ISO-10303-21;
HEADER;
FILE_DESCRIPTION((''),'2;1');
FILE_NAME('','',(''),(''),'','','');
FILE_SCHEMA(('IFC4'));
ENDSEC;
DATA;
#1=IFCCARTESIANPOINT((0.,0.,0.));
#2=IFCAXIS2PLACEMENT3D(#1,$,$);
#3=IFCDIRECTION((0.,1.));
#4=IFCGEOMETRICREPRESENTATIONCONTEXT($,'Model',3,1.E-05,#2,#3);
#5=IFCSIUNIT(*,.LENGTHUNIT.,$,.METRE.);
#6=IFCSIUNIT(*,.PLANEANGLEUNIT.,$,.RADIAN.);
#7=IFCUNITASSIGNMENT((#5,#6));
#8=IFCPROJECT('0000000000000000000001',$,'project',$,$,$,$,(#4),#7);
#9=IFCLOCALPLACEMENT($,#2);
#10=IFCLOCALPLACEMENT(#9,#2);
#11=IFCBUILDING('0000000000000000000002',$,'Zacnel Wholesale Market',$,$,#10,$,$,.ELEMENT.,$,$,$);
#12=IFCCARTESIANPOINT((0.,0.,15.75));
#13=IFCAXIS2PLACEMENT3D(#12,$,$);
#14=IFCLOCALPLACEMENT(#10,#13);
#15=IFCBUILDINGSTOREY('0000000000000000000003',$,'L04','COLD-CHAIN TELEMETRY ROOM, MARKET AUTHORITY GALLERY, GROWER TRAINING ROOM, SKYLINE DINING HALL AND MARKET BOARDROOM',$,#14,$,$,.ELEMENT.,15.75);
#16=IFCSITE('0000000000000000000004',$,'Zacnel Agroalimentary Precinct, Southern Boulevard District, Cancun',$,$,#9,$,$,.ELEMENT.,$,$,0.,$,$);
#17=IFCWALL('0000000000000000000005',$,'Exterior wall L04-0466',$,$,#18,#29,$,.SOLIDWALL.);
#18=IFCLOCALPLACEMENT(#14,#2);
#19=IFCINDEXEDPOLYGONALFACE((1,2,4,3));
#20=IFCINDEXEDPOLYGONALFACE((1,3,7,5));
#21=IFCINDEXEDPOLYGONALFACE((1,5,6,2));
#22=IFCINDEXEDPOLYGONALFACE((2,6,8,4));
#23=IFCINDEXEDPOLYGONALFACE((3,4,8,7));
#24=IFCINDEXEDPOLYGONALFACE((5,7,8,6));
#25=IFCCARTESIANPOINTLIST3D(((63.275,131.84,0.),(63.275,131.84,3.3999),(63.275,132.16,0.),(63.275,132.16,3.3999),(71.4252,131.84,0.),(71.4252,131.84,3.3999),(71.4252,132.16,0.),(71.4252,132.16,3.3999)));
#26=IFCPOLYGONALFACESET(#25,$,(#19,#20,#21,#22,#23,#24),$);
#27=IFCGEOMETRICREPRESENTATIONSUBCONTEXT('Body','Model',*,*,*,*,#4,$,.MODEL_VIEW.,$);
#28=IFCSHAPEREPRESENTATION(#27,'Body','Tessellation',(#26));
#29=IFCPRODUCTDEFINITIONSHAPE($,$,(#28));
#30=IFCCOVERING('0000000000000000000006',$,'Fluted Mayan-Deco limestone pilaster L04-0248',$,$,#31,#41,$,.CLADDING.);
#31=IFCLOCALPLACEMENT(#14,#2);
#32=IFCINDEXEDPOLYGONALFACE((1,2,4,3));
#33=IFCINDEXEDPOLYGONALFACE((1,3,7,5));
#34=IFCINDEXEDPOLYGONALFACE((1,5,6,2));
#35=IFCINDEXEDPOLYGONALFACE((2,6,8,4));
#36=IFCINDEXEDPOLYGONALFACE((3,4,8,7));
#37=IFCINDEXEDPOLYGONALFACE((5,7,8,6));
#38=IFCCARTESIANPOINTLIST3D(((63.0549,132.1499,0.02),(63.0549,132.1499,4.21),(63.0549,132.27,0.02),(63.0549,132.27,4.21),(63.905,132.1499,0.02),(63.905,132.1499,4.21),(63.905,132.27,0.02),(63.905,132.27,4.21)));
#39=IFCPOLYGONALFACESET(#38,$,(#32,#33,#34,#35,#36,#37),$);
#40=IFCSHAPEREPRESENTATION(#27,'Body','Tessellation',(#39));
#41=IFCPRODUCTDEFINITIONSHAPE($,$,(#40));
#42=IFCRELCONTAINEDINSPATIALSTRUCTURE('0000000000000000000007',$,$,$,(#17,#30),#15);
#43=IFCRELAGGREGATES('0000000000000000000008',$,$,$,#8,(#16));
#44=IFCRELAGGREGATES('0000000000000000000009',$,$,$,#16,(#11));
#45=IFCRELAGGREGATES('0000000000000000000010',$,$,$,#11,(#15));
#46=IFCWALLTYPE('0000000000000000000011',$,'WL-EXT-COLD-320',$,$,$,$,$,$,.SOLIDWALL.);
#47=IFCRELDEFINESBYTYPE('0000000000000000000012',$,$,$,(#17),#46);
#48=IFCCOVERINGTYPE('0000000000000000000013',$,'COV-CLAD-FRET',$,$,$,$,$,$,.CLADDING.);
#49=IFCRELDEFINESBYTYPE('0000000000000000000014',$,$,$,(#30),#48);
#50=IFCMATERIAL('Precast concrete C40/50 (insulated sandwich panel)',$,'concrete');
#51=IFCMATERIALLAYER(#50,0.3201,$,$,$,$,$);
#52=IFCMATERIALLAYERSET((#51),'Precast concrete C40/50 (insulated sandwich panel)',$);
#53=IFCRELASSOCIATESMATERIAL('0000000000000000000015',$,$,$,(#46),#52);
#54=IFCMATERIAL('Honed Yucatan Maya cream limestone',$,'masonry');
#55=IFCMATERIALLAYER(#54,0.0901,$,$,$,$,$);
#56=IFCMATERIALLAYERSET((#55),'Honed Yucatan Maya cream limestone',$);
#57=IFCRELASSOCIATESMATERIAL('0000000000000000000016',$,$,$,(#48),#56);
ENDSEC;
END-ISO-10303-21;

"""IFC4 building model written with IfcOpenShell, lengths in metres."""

from ifc_helpers import new_model, si_unit, direction, frame, frame_2d, origin, origin_2d, place, context, subcontext, project, spatial, rectangle, extrude, material, layer, layer_set, type_object, element, save


model = new_model("IFC4")

# Units and contexts
model_context = context("Model", 3, precision=1e-05, world=origin(), true_north=direction((0.0, 1.0)))
body_context = subcontext(model_context, "Body", "Model", "MODEL_VIEW")
ifc_project = project(units=[si_unit("LENGTHUNIT", "METRE"), si_unit("PLANEANGLEUNIT", "RADIAN")], contexts=[model_context])

# Site, building, storey
site_placement = place(None, origin())
site = spatial("IfcSite", under=ifc_project, at=site_placement, Name="Zacnel Agroalimentary Precinct, Southern Boulevard District, Cancun", CompositionType="ELEMENT", RefElevation=0.0)
building_placement = place(site_placement, origin())
building = spatial("IfcBuilding", under=site, at=building_placement, Name="Zacnel Wholesale Market", CompositionType="ELEMENT")
storey_placement = place(building_placement, frame((0.0, 0.0, 15.75)))
storey = spatial("IfcBuildingStorey", under=building, at=storey_placement, Name="L04", Description="COLD-CHAIN TELEMETRY ROOM, MARKET AUTHORITY GALLERY, GROWER TRAINING ROOM, SKYLINE DINING HALL AND MARKET BOARDROOM", CompositionType="ELEMENT", Elevation=15.75)

# Shared definitions
ifc_material_1 = material(Name="Precast concrete C40/50 (insulated sandwich panel)", Category="concrete")
ifc_layer_1 = layer(ifc_material_1, 0.3201)
ifc_layer_set_1 = layer_set([ifc_layer_1], Name="Precast concrete C40/50 (insulated sandwich panel)")
wall_type = type_object("IfcWallType", Name="WL-EXT-COLD-320", PredefinedType="SOLIDWALL", material=ifc_layer_set_1)

# Wall
wall_1_placement = place(storey_placement, frame((63.2749, 132.0, 0.0), z_axis=(0.0, 0.0, 1.0), x_axis=(1.0, 0.0, 0.0)))
element("IfcWall", 1, at=wall_1_placement, inside=storey, type_object=wall_type, Name="Exterior wall L04-0466", PredefinedType="SOLIDWALL", context=body_context, shape_type="SweptSolid", body=[
    extrude(rectangle(XDim=8.1501, YDim=0.3201, at=frame_2d((4.0752, 0.0))), origin(), (0.0, 0.0, 1.0), 3.3999),
])

# Covering
ifc_material_2 = material(Name="Honed Yucatan Maya cream limestone", Category="masonry")
ifc_layer_2 = layer(ifc_material_2, 0.0901)
ifc_layer_set_2 = layer_set([ifc_layer_2], Name="Honed Yucatan Maya cream limestone")
covering_type = type_object("IfcCoveringType", Name="COV-CLAD-FRET", PredefinedType="CLADDING", material=ifc_layer_set_2)
covering_placement = place(storey_placement, frame((63.48, 132.21, 0.02), z_axis=(0.0, 0.0, 1.0), x_axis=(1.0, 0.0, 0.0)))
element("IfcCovering", 2, at=covering_placement, inside=storey, type_object=covering_type, Name="Fluted Mayan-Deco limestone pilaster L04-0248", PredefinedType="CLADDING", context=body_context, shape_type="SweptSolid", body=[
    extrude(rectangle(XDim=0.8501, YDim=0.1201, at=origin_2d()), origin(), (0.0, 0.0, 1.0), 4.1899),
])

save(model, "model.ifc")
